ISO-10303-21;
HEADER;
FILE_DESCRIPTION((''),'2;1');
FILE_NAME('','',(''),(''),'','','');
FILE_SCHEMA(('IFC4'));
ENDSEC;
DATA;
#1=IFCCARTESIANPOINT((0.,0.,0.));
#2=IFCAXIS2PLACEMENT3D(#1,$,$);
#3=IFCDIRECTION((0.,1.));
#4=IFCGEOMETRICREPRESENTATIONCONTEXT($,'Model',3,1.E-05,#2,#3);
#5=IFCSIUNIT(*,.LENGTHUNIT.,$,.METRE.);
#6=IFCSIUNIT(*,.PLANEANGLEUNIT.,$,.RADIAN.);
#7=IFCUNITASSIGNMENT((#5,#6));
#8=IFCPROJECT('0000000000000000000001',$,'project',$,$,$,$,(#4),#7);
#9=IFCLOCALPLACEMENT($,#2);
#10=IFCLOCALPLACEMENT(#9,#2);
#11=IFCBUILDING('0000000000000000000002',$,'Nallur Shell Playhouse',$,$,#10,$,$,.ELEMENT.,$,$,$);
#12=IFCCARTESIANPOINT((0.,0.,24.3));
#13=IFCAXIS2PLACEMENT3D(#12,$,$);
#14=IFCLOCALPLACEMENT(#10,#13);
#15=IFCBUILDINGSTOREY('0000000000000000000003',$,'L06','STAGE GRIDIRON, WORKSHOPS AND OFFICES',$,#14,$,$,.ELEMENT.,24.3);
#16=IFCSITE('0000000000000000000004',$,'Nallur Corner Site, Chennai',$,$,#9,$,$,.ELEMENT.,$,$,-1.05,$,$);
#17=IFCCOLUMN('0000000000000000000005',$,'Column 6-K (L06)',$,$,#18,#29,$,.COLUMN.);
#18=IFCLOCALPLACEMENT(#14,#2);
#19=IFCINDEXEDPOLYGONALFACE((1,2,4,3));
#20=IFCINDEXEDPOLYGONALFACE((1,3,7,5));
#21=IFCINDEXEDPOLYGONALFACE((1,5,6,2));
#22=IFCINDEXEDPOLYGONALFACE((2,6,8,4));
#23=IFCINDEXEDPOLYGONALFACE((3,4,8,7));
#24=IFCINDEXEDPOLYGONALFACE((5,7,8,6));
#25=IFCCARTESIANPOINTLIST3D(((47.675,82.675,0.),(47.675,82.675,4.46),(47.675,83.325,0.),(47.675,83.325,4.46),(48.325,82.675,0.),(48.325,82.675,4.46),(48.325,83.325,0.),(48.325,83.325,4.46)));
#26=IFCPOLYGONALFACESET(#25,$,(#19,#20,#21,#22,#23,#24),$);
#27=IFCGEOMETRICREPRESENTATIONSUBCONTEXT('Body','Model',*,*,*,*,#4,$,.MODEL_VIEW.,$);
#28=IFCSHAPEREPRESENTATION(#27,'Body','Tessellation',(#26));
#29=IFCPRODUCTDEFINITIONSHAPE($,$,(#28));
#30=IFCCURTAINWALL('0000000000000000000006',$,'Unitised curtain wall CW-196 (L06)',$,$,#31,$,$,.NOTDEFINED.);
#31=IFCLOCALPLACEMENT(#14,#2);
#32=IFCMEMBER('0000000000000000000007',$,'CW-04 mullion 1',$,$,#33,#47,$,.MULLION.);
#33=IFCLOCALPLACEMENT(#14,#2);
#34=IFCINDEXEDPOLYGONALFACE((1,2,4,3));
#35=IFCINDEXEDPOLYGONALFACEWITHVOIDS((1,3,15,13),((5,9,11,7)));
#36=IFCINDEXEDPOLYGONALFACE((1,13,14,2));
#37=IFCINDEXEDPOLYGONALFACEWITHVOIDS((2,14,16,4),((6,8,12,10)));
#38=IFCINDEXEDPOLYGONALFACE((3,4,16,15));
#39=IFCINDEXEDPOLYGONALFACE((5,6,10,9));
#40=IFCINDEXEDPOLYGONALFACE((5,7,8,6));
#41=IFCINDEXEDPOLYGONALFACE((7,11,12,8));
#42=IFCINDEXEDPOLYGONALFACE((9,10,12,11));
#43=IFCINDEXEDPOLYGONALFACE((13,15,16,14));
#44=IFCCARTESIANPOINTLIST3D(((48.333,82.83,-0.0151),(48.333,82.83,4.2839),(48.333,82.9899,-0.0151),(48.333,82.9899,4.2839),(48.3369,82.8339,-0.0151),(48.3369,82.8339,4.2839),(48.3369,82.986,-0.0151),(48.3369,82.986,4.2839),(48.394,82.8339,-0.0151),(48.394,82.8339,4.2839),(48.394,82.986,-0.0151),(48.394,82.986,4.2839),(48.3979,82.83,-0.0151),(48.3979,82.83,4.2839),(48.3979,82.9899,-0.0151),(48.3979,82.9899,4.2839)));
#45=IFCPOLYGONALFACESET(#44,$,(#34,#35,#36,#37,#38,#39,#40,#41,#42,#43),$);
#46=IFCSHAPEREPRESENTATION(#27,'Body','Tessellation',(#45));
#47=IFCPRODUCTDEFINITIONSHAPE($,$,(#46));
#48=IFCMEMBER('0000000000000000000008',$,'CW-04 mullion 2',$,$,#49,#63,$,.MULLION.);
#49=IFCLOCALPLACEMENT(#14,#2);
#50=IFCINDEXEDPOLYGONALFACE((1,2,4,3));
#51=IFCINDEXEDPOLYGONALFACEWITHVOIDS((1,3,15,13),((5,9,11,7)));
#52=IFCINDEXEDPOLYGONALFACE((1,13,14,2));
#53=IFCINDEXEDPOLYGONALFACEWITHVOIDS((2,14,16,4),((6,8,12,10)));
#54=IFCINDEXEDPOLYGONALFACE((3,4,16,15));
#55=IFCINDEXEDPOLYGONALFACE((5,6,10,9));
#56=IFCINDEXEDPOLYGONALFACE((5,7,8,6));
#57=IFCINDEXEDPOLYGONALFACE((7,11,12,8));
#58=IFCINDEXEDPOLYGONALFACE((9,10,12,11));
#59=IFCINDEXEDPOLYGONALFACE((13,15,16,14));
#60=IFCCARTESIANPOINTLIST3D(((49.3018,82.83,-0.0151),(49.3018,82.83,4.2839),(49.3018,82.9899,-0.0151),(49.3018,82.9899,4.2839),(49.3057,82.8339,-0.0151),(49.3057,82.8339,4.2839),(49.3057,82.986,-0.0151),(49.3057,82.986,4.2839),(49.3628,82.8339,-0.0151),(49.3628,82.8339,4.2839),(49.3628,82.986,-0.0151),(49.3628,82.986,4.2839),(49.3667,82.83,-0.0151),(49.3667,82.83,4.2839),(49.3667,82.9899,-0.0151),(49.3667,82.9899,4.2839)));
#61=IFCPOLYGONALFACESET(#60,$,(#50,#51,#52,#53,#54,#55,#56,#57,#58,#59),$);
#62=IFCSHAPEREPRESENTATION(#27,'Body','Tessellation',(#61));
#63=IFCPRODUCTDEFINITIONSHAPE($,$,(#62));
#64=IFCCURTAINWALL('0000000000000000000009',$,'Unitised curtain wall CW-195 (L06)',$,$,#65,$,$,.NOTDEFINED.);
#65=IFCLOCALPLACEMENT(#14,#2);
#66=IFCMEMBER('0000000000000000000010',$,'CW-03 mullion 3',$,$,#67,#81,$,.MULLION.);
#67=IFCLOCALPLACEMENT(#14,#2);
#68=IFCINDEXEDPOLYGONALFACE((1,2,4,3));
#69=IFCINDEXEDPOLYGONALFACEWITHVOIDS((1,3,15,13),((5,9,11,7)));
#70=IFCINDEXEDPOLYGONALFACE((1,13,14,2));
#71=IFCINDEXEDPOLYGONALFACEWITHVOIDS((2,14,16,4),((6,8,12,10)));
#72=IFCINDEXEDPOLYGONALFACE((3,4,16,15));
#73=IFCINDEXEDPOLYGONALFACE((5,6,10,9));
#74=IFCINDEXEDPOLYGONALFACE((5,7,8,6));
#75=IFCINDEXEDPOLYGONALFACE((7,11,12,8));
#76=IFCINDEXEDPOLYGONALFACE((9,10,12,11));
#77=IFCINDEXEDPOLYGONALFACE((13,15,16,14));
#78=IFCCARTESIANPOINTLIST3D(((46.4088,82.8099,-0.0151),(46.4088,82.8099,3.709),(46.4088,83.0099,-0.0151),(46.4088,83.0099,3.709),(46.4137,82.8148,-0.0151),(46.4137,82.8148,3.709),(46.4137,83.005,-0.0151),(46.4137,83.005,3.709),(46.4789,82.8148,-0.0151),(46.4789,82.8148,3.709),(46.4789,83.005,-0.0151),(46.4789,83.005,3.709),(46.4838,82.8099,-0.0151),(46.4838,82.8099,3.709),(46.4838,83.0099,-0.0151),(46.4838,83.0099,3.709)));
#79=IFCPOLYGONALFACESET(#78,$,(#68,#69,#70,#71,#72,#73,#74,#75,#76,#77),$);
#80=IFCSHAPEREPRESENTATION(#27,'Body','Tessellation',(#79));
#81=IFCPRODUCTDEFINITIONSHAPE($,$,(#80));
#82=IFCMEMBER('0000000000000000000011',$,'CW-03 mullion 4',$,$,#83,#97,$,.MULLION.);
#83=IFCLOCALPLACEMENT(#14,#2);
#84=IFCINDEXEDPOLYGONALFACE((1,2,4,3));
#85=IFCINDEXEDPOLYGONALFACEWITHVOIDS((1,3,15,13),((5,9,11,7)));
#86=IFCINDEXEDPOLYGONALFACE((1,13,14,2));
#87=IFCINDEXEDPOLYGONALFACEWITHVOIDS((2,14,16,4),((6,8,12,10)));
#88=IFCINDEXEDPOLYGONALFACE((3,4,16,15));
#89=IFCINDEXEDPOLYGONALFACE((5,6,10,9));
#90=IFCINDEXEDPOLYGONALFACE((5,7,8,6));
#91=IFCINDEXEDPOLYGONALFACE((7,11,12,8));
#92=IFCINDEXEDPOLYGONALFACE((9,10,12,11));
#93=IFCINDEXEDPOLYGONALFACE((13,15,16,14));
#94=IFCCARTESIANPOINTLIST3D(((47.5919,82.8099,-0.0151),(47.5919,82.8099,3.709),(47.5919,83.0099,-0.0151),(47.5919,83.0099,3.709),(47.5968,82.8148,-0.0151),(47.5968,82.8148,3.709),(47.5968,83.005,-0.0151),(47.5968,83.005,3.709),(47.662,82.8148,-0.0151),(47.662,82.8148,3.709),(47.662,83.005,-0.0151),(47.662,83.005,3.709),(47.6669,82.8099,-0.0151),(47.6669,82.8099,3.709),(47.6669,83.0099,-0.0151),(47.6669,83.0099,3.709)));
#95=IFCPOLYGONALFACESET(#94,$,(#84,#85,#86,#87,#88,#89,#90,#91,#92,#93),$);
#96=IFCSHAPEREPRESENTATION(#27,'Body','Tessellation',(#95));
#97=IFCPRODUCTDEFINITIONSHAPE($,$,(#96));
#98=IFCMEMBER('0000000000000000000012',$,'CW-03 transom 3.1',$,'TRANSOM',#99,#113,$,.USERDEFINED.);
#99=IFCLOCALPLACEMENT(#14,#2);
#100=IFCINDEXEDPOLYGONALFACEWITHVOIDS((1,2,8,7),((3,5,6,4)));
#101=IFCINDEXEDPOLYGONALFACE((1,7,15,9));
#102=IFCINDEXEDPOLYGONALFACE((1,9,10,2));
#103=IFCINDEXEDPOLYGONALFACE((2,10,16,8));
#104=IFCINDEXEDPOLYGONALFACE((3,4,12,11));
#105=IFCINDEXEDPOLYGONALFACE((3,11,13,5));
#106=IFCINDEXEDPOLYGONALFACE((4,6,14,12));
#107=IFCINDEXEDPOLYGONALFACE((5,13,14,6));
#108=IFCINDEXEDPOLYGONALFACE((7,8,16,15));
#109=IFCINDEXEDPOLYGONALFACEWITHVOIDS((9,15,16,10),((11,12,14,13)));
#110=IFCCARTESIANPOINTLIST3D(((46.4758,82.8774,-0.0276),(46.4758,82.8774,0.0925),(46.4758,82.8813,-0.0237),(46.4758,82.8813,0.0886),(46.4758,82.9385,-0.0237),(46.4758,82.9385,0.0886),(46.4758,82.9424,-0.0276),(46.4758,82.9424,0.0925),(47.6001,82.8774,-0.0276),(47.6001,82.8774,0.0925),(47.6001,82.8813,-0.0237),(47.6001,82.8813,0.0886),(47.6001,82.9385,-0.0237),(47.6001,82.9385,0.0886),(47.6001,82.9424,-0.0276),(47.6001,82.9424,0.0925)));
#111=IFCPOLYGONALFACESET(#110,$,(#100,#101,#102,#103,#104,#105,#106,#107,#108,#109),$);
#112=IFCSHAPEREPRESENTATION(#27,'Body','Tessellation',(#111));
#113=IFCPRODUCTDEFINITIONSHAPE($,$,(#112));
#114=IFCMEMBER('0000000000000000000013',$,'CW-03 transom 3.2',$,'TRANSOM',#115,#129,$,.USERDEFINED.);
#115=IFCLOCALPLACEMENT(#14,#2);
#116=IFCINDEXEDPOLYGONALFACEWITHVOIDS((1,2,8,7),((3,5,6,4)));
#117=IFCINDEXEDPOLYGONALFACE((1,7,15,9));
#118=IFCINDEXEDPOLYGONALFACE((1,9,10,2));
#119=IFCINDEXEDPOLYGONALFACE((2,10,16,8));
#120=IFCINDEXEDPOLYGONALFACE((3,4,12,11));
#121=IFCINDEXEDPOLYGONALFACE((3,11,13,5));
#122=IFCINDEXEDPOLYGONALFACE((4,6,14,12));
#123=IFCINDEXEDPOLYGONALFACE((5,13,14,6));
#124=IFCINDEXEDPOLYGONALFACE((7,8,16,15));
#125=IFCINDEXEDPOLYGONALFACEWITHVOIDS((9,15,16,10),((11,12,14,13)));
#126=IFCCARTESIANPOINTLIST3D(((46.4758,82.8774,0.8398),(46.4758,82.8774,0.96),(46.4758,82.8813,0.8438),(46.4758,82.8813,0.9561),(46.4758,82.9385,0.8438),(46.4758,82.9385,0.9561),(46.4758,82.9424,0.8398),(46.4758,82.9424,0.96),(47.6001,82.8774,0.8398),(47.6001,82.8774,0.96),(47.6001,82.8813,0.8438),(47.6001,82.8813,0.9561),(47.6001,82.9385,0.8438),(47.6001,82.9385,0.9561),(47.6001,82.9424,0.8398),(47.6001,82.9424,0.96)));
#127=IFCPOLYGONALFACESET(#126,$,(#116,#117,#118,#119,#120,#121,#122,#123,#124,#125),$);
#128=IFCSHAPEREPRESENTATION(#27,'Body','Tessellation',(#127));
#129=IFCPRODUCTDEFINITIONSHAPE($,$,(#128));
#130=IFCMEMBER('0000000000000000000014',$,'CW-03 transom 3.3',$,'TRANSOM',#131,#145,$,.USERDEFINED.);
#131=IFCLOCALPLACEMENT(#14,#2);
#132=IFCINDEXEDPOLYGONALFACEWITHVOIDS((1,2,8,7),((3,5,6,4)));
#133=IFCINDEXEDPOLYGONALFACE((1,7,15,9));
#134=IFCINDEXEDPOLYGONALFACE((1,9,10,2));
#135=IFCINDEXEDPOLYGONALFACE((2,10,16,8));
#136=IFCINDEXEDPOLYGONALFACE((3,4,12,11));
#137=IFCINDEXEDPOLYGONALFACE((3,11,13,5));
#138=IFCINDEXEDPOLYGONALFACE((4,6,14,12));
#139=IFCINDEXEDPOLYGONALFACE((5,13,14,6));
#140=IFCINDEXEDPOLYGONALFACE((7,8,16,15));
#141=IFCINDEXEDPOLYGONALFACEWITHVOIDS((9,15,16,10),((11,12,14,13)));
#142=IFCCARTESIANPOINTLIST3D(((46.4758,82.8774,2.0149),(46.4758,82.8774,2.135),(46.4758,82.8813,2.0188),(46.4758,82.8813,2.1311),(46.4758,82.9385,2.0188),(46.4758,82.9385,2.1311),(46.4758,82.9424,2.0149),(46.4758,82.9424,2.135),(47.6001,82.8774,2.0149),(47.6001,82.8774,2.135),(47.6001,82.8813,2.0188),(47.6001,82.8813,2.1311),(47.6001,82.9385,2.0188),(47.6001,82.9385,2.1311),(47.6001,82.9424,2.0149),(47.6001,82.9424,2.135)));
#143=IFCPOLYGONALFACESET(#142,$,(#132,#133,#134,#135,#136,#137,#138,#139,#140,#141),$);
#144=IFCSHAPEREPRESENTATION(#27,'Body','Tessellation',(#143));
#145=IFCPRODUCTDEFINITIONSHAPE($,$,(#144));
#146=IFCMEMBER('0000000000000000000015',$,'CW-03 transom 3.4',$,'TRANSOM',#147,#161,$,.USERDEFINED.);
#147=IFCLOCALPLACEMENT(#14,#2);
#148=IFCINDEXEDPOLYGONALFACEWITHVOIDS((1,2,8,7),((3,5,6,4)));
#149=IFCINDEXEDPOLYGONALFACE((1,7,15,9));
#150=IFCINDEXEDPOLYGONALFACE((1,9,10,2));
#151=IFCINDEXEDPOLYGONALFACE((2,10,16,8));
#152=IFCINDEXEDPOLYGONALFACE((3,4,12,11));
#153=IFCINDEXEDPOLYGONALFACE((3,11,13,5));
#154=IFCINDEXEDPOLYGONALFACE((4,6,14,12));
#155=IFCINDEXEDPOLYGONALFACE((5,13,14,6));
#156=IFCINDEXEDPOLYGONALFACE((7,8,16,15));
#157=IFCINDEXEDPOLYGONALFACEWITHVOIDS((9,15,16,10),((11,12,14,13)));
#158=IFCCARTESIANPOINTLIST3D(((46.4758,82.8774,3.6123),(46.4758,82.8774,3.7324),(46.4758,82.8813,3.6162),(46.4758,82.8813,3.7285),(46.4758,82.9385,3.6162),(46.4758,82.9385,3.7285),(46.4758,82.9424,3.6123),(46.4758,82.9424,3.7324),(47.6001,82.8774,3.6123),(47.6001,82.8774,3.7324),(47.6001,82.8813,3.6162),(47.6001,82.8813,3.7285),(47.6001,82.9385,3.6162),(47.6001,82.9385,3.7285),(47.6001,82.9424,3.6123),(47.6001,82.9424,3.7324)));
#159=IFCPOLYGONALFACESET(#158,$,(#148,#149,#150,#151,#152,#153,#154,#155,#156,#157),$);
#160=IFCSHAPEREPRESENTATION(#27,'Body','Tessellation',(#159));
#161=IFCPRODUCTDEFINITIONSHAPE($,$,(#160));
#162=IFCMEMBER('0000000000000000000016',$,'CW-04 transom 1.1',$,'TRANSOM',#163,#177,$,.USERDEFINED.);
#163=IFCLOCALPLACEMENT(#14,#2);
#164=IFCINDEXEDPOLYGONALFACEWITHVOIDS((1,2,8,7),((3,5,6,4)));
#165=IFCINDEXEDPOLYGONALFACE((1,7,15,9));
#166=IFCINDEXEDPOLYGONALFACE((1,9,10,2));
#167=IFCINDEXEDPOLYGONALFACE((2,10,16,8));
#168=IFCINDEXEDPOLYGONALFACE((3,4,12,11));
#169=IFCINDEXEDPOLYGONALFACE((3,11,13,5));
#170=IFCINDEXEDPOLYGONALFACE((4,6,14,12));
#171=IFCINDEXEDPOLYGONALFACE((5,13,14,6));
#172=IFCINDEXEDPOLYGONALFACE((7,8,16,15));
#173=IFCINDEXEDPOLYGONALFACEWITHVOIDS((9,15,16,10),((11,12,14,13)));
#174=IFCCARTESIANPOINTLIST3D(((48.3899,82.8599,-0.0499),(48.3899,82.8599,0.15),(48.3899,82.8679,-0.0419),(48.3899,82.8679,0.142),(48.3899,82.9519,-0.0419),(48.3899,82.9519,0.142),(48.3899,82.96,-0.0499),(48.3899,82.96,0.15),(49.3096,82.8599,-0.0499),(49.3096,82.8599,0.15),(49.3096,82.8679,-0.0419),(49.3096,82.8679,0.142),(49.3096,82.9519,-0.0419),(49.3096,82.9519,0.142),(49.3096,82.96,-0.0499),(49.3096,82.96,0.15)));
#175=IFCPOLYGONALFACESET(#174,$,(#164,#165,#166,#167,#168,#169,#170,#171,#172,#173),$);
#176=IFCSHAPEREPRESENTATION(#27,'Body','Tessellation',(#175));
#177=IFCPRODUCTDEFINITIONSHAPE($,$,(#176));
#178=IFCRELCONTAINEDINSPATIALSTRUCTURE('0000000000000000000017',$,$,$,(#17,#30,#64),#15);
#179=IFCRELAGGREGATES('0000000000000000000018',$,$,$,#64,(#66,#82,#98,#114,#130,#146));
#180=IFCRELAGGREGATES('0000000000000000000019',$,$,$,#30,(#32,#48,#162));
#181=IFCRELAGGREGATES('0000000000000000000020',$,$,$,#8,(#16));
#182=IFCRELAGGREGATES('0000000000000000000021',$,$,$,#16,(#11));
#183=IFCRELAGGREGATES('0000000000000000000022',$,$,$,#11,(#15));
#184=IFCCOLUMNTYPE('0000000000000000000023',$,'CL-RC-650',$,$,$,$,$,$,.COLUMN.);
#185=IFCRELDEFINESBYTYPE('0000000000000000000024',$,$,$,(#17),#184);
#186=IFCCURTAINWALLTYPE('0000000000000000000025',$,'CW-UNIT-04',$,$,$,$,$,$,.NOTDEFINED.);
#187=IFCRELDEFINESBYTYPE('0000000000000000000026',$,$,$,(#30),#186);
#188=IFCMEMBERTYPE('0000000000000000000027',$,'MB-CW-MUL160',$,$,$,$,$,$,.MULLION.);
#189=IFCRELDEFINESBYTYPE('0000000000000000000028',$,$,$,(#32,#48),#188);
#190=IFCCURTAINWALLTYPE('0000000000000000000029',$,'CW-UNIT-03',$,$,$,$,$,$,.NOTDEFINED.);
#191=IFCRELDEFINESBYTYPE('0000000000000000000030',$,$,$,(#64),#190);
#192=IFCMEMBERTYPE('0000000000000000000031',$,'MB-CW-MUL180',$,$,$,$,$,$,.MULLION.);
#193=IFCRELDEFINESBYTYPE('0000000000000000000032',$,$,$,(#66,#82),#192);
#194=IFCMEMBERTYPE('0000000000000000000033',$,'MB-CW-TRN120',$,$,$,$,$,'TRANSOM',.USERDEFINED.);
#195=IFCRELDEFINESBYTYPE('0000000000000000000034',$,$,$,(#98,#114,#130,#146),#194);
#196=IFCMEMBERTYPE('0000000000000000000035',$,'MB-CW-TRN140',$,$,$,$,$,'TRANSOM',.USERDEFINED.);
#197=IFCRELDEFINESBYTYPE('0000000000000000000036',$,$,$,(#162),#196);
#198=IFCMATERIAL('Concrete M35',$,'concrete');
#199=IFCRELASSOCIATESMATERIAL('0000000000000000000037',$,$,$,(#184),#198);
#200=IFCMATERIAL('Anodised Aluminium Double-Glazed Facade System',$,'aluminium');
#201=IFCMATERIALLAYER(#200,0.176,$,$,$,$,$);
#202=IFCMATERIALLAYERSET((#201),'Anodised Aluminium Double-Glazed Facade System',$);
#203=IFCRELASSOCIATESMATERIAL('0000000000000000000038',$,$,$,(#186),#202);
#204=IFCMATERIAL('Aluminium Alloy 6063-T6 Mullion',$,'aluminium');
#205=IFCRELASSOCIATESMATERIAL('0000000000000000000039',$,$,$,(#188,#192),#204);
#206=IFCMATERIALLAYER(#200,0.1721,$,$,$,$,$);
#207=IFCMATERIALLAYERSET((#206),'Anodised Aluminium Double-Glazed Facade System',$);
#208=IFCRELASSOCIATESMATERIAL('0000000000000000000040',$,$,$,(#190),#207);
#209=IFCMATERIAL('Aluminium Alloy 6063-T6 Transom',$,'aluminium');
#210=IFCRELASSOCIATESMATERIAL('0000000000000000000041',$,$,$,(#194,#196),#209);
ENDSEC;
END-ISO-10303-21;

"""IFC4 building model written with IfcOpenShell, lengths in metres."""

from ifc_helpers import new_model, si_unit, direction, frame, origin, origin_2d, place, context, subcontext, project, spatial, rectangle, hollow_rectangle, extrude, material, layer, layer_set, material_profile, profile_set, type_object, element, aggregate, save


model = new_model("IFC4")

# Units and contexts
model_context = context("Model", 3, precision=1e-05, world=origin(), true_north=direction((0.0, 1.0)))
body_context = subcontext(model_context, "Body", "Model", "MODEL_VIEW")
ifc_project = project(units=[si_unit("LENGTHUNIT", "METRE"), si_unit("PLANEANGLEUNIT", "RADIAN")], contexts=[model_context])

# Site, building, storey
site_placement = place(None, origin())
site = spatial("IfcSite", under=ifc_project, at=site_placement, Name="Nallur Corner Site, Chennai", CompositionType="ELEMENT", RefElevation=-1.05)
building_placement = place(site_placement, origin())
building = spatial("IfcBuilding", under=site, at=building_placement, Name="Nallur Shell Playhouse", CompositionType="ELEMENT")
storey_placement = place(building_placement, frame((0.0, 0.0, 24.3)))
storey = spatial("IfcBuildingStorey", under=building, at=storey_placement, Name="L06", Description="STAGE GRIDIRON, WORKSHOPS AND OFFICES", CompositionType="ELEMENT", Elevation=24.3)

# Column
ifc_material_1 = material(Name="Concrete M35", Category="concrete")
ifc_material_profile_1 = material_profile(ifc_material_1, rectangle(XDim=0.6499, YDim=0.6499, at=origin_2d()), Name="RC 650x650")
ifc_profile_set_1 = profile_set([ifc_material_profile_1], Name="Concrete M35")
column_type = type_object("IfcColumnType", Name="CL-RC-650", PredefinedType="COLUMN", material=ifc_profile_set_1)
column_placement = place(storey_placement, frame((48.0, 83.0, 0.0), z_axis=(0.0, 0.0, 1.0), x_axis=(1.0, 0.0, 0.0)))
element("IfcColumn", 1, at=column_placement, inside=storey, type_object=column_type, Name="Column 6-K (L06)", PredefinedType="COLUMN", context=body_context, shape_type="SweptSolid", body=[
    extrude(rectangle(XDim=0.6499, YDim=0.6499, at=origin_2d()), origin(), (0.0, 0.0, 1.0), 4.46),
])

# Curtain walls, members
ifc_material_2 = material(Name="Anodised Aluminium Double-Glazed Facade System", Category="aluminium")
ifc_layer_1 = layer(ifc_material_2, 0.176)
ifc_layer_set_1 = layer_set([ifc_layer_1], Name="Anodised Aluminium Double-Glazed Facade System")
curtain_wall_type_1 = type_object("IfcCurtainWallType", Name="CW-UNIT-04", PredefinedType="NOTDEFINED", material=ifc_layer_set_1)
curtain_wall_1_placement = place(storey_placement, origin())
curtain_wall_1 = element("IfcCurtainWall", 2, at=curtain_wall_1_placement, inside=storey, type_object=curtain_wall_type_1, Name="Unitised curtain wall CW-196 (L06)", PredefinedType="NOTDEFINED")
ifc_material_3 = material(Name="Aluminium Alloy 6063-T6 Mullion", Category="aluminium")
ifc_material_profile_2 = material_profile(ifc_material_3, hollow_rectangle(XDim=0.0649, YDim=0.1599, WallThickness=0.0039, at=origin_2d()), Name="ALU 65x160x4")
ifc_profile_set_2 = profile_set([ifc_material_profile_2], Name="Aluminium Alloy 6063-T6 Mullion")
member_type_1 = type_object("IfcMemberType", Name="MB-CW-MUL160", PredefinedType="MULLION", material=ifc_profile_set_2)
member_1_placement = place(storey_placement, frame((48.3655, 82.9099, -0.0151), z_axis=(0.0, 0.0, 1.0), x_axis=(1.0, 0.0, 0.0)))
member_1 = element("IfcMember", 3, at=member_1_placement, type_object=member_type_1, Name="CW-04 mullion 1", PredefinedType="MULLION", context=body_context, shape_type="SweptSolid", body=[
    extrude(hollow_rectangle(XDim=0.0649, YDim=0.1599, WallThickness=0.0039, at=origin_2d()), origin(), (0.0, 0.0, 1.0), 4.2991),
])
member_2_placement = place(storey_placement, frame((49.3342, 82.9099, -0.0151), z_axis=(0.0, 0.0, 1.0), x_axis=(1.0, 0.0, 0.0)))
member_2 = element("IfcMember", 4, at=member_2_placement, type_object=member_type_1, Name="CW-04 mullion 2", PredefinedType="MULLION", context=body_context, shape_type="SweptSolid", body=[
    extrude(hollow_rectangle(XDim=0.0649, YDim=0.1599, WallThickness=0.0039, at=origin_2d()), origin(), (0.0, 0.0, 1.0), 4.2991),
])
ifc_layer_2 = layer(ifc_material_2, 0.1721)
ifc_layer_set_2 = layer_set([ifc_layer_2], Name="Anodised Aluminium Double-Glazed Facade System")
curtain_wall_type_2 = type_object("IfcCurtainWallType", Name="CW-UNIT-03", PredefinedType="NOTDEFINED", material=ifc_layer_set_2)
curtain_wall_2_placement = place(storey_placement, origin())
curtain_wall_2 = element("IfcCurtainWall", 5, at=curtain_wall_2_placement, inside=storey, type_object=curtain_wall_type_2, Name="Unitised curtain wall CW-195 (L06)", PredefinedType="NOTDEFINED")
ifc_material_profile_3 = material_profile(ifc_material_3, hollow_rectangle(XDim=0.075, YDim=0.2, WallThickness=0.0049, at=origin_2d()), Name="ALU 75x200x5")
ifc_profile_set_3 = profile_set([ifc_material_profile_3], Name="Aluminium Alloy 6063-T6 Mullion")
member_type_2 = type_object("IfcMemberType", Name="MB-CW-MUL180", PredefinedType="MULLION", material=ifc_profile_set_3)
member_3_placement = place(storey_placement, frame((46.4463, 82.9099, -0.0151), z_axis=(0.0, 0.0, 1.0), x_axis=(1.0, 0.0, 0.0)))
member_3 = element("IfcMember", 6, at=member_3_placement, type_object=member_type_2, Name="CW-03 mullion 3", PredefinedType="MULLION", context=body_context, shape_type="SweptSolid", body=[
    extrude(hollow_rectangle(XDim=0.075, YDim=0.2, WallThickness=0.0049, at=origin_2d()), origin(), (0.0, 0.0, 1.0), 3.7241),
])
member_4_placement = place(storey_placement, frame((47.6294, 82.9099, -0.0151), z_axis=(0.0, 0.0, 1.0), x_axis=(1.0, 0.0, 0.0)))
member_4 = element("IfcMember", 7, at=member_4_placement, type_object=member_type_2, Name="CW-03 mullion 4", PredefinedType="MULLION", context=body_context, shape_type="SweptSolid", body=[
    extrude(hollow_rectangle(XDim=0.075, YDim=0.2, WallThickness=0.0049, at=origin_2d()), origin(), (0.0, 0.0, 1.0), 3.7241),
])
ifc_material_4 = material(Name="Aluminium Alloy 6063-T6 Transom", Category="aluminium")
ifc_material_profile_4 = material_profile(ifc_material_4, hollow_rectangle(XDim=0.0649, YDim=0.1201, WallThickness=0.0039, at=origin_2d()), Name="ALU 65x120x4")
ifc_profile_set_4 = profile_set([ifc_material_profile_4], Name="Aluminium Alloy 6063-T6 Transom")
member_type_3 = type_object("IfcMemberType", Name="MB-CW-TRN120", ElementType="TRANSOM", PredefinedType="USERDEFINED", material=ifc_profile_set_4)
member_5_placement = place(storey_placement, frame((46.4758, 82.9099, 0.0325), z_axis=(1.0, 0.0, 0.0), x_axis=(0.0, 1.0, 0.0)))
member_5 = element("IfcMember", 8, at=member_5_placement, type_object=member_type_3, Name="CW-03 transom 3.1", ObjectType="TRANSOM", PredefinedType="USERDEFINED", context=body_context, shape_type="SweptSolid", body=[
    extrude(hollow_rectangle(XDim=0.0649, YDim=0.1201, WallThickness=0.0039, at=origin_2d()), origin(), (0.0, 0.0, 1.0), 1.1243),
])
member_6_placement = place(storey_placement, frame((46.4758, 82.9099, 0.8999), z_axis=(1.0, 0.0, 0.0), x_axis=(0.0, 1.0, 0.0)))
member_6 = element("IfcMember", 9, at=member_6_placement, type_object=member_type_3, Name="CW-03 transom 3.2", ObjectType="TRANSOM", PredefinedType="USERDEFINED", context=body_context, shape_type="SweptSolid", body=[
    extrude(hollow_rectangle(XDim=0.0649, YDim=0.1201, WallThickness=0.0039, at=origin_2d()), origin(), (0.0, 0.0, 1.0), 1.1243),
])
member_7_placement = place(storey_placement, frame((46.4758, 82.9099, 2.075), z_axis=(1.0, 0.0, 0.0), x_axis=(0.0, 1.0, 0.0)))
member_7 = element("IfcMember", 10, at=member_7_placement, type_object=member_type_3, Name="CW-03 transom 3.3", ObjectType="TRANSOM", PredefinedType="USERDEFINED", context=body_context, shape_type="SweptSolid", body=[
    extrude(hollow_rectangle(XDim=0.0649, YDim=0.1201, WallThickness=0.0039, at=origin_2d()), origin(), (0.0, 0.0, 1.0), 1.1243),
])
member_8_placement = place(storey_placement, frame((46.4758, 82.9099, 3.6724), z_axis=(1.0, 0.0, 0.0), x_axis=(0.0, 1.0, 0.0)))
member_8 = element("IfcMember", 11, at=member_8_placement, type_object=member_type_3, Name="CW-03 transom 3.4", ObjectType="TRANSOM", PredefinedType="USERDEFINED", context=body_context, shape_type="SweptSolid", body=[
    extrude(hollow_rectangle(XDim=0.0649, YDim=0.1201, WallThickness=0.0039, at=origin_2d()), origin(), (0.0, 0.0, 1.0), 1.1243),
])

# Member
ifc_material_profile_5 = material_profile(ifc_material_4, hollow_rectangle(XDim=0.1001, YDim=0.2, WallThickness=0.0081, at=origin_2d()), Name="RHS 200x100x8")
ifc_profile_set_5 = profile_set([ifc_material_profile_5], Name="Aluminium Alloy 6063-T6 Transom")
member_type_4 = type_object("IfcMemberType", Name="MB-CW-TRN140", ElementType="TRANSOM", PredefinedType="USERDEFINED", material=ifc_profile_set_5)
member_9_placement = place(storey_placement, frame((48.3899, 82.9099, 0.05), z_axis=(1.0, 0.0, 0.0), x_axis=(0.0, 1.0, 0.0)))
member_9 = element("IfcMember", 12, at=member_9_placement, type_object=member_type_4, Name="CW-04 transom 1.1", ObjectType="TRANSOM", PredefinedType="USERDEFINED", context=body_context, shape_type="SweptSolid", body=[
    extrude(hollow_rectangle(XDim=0.1001, YDim=0.2, WallThickness=0.0081, at=origin_2d()), origin(), (0.0, 0.0, 1.0), 0.9197),
])

aggregate(curtain_wall_2, [member_3, member_4, member_5, member_6, member_7, member_8])
aggregate(curtain_wall_1, [member_1, member_2, member_9])

save(model, "model.ifc")
